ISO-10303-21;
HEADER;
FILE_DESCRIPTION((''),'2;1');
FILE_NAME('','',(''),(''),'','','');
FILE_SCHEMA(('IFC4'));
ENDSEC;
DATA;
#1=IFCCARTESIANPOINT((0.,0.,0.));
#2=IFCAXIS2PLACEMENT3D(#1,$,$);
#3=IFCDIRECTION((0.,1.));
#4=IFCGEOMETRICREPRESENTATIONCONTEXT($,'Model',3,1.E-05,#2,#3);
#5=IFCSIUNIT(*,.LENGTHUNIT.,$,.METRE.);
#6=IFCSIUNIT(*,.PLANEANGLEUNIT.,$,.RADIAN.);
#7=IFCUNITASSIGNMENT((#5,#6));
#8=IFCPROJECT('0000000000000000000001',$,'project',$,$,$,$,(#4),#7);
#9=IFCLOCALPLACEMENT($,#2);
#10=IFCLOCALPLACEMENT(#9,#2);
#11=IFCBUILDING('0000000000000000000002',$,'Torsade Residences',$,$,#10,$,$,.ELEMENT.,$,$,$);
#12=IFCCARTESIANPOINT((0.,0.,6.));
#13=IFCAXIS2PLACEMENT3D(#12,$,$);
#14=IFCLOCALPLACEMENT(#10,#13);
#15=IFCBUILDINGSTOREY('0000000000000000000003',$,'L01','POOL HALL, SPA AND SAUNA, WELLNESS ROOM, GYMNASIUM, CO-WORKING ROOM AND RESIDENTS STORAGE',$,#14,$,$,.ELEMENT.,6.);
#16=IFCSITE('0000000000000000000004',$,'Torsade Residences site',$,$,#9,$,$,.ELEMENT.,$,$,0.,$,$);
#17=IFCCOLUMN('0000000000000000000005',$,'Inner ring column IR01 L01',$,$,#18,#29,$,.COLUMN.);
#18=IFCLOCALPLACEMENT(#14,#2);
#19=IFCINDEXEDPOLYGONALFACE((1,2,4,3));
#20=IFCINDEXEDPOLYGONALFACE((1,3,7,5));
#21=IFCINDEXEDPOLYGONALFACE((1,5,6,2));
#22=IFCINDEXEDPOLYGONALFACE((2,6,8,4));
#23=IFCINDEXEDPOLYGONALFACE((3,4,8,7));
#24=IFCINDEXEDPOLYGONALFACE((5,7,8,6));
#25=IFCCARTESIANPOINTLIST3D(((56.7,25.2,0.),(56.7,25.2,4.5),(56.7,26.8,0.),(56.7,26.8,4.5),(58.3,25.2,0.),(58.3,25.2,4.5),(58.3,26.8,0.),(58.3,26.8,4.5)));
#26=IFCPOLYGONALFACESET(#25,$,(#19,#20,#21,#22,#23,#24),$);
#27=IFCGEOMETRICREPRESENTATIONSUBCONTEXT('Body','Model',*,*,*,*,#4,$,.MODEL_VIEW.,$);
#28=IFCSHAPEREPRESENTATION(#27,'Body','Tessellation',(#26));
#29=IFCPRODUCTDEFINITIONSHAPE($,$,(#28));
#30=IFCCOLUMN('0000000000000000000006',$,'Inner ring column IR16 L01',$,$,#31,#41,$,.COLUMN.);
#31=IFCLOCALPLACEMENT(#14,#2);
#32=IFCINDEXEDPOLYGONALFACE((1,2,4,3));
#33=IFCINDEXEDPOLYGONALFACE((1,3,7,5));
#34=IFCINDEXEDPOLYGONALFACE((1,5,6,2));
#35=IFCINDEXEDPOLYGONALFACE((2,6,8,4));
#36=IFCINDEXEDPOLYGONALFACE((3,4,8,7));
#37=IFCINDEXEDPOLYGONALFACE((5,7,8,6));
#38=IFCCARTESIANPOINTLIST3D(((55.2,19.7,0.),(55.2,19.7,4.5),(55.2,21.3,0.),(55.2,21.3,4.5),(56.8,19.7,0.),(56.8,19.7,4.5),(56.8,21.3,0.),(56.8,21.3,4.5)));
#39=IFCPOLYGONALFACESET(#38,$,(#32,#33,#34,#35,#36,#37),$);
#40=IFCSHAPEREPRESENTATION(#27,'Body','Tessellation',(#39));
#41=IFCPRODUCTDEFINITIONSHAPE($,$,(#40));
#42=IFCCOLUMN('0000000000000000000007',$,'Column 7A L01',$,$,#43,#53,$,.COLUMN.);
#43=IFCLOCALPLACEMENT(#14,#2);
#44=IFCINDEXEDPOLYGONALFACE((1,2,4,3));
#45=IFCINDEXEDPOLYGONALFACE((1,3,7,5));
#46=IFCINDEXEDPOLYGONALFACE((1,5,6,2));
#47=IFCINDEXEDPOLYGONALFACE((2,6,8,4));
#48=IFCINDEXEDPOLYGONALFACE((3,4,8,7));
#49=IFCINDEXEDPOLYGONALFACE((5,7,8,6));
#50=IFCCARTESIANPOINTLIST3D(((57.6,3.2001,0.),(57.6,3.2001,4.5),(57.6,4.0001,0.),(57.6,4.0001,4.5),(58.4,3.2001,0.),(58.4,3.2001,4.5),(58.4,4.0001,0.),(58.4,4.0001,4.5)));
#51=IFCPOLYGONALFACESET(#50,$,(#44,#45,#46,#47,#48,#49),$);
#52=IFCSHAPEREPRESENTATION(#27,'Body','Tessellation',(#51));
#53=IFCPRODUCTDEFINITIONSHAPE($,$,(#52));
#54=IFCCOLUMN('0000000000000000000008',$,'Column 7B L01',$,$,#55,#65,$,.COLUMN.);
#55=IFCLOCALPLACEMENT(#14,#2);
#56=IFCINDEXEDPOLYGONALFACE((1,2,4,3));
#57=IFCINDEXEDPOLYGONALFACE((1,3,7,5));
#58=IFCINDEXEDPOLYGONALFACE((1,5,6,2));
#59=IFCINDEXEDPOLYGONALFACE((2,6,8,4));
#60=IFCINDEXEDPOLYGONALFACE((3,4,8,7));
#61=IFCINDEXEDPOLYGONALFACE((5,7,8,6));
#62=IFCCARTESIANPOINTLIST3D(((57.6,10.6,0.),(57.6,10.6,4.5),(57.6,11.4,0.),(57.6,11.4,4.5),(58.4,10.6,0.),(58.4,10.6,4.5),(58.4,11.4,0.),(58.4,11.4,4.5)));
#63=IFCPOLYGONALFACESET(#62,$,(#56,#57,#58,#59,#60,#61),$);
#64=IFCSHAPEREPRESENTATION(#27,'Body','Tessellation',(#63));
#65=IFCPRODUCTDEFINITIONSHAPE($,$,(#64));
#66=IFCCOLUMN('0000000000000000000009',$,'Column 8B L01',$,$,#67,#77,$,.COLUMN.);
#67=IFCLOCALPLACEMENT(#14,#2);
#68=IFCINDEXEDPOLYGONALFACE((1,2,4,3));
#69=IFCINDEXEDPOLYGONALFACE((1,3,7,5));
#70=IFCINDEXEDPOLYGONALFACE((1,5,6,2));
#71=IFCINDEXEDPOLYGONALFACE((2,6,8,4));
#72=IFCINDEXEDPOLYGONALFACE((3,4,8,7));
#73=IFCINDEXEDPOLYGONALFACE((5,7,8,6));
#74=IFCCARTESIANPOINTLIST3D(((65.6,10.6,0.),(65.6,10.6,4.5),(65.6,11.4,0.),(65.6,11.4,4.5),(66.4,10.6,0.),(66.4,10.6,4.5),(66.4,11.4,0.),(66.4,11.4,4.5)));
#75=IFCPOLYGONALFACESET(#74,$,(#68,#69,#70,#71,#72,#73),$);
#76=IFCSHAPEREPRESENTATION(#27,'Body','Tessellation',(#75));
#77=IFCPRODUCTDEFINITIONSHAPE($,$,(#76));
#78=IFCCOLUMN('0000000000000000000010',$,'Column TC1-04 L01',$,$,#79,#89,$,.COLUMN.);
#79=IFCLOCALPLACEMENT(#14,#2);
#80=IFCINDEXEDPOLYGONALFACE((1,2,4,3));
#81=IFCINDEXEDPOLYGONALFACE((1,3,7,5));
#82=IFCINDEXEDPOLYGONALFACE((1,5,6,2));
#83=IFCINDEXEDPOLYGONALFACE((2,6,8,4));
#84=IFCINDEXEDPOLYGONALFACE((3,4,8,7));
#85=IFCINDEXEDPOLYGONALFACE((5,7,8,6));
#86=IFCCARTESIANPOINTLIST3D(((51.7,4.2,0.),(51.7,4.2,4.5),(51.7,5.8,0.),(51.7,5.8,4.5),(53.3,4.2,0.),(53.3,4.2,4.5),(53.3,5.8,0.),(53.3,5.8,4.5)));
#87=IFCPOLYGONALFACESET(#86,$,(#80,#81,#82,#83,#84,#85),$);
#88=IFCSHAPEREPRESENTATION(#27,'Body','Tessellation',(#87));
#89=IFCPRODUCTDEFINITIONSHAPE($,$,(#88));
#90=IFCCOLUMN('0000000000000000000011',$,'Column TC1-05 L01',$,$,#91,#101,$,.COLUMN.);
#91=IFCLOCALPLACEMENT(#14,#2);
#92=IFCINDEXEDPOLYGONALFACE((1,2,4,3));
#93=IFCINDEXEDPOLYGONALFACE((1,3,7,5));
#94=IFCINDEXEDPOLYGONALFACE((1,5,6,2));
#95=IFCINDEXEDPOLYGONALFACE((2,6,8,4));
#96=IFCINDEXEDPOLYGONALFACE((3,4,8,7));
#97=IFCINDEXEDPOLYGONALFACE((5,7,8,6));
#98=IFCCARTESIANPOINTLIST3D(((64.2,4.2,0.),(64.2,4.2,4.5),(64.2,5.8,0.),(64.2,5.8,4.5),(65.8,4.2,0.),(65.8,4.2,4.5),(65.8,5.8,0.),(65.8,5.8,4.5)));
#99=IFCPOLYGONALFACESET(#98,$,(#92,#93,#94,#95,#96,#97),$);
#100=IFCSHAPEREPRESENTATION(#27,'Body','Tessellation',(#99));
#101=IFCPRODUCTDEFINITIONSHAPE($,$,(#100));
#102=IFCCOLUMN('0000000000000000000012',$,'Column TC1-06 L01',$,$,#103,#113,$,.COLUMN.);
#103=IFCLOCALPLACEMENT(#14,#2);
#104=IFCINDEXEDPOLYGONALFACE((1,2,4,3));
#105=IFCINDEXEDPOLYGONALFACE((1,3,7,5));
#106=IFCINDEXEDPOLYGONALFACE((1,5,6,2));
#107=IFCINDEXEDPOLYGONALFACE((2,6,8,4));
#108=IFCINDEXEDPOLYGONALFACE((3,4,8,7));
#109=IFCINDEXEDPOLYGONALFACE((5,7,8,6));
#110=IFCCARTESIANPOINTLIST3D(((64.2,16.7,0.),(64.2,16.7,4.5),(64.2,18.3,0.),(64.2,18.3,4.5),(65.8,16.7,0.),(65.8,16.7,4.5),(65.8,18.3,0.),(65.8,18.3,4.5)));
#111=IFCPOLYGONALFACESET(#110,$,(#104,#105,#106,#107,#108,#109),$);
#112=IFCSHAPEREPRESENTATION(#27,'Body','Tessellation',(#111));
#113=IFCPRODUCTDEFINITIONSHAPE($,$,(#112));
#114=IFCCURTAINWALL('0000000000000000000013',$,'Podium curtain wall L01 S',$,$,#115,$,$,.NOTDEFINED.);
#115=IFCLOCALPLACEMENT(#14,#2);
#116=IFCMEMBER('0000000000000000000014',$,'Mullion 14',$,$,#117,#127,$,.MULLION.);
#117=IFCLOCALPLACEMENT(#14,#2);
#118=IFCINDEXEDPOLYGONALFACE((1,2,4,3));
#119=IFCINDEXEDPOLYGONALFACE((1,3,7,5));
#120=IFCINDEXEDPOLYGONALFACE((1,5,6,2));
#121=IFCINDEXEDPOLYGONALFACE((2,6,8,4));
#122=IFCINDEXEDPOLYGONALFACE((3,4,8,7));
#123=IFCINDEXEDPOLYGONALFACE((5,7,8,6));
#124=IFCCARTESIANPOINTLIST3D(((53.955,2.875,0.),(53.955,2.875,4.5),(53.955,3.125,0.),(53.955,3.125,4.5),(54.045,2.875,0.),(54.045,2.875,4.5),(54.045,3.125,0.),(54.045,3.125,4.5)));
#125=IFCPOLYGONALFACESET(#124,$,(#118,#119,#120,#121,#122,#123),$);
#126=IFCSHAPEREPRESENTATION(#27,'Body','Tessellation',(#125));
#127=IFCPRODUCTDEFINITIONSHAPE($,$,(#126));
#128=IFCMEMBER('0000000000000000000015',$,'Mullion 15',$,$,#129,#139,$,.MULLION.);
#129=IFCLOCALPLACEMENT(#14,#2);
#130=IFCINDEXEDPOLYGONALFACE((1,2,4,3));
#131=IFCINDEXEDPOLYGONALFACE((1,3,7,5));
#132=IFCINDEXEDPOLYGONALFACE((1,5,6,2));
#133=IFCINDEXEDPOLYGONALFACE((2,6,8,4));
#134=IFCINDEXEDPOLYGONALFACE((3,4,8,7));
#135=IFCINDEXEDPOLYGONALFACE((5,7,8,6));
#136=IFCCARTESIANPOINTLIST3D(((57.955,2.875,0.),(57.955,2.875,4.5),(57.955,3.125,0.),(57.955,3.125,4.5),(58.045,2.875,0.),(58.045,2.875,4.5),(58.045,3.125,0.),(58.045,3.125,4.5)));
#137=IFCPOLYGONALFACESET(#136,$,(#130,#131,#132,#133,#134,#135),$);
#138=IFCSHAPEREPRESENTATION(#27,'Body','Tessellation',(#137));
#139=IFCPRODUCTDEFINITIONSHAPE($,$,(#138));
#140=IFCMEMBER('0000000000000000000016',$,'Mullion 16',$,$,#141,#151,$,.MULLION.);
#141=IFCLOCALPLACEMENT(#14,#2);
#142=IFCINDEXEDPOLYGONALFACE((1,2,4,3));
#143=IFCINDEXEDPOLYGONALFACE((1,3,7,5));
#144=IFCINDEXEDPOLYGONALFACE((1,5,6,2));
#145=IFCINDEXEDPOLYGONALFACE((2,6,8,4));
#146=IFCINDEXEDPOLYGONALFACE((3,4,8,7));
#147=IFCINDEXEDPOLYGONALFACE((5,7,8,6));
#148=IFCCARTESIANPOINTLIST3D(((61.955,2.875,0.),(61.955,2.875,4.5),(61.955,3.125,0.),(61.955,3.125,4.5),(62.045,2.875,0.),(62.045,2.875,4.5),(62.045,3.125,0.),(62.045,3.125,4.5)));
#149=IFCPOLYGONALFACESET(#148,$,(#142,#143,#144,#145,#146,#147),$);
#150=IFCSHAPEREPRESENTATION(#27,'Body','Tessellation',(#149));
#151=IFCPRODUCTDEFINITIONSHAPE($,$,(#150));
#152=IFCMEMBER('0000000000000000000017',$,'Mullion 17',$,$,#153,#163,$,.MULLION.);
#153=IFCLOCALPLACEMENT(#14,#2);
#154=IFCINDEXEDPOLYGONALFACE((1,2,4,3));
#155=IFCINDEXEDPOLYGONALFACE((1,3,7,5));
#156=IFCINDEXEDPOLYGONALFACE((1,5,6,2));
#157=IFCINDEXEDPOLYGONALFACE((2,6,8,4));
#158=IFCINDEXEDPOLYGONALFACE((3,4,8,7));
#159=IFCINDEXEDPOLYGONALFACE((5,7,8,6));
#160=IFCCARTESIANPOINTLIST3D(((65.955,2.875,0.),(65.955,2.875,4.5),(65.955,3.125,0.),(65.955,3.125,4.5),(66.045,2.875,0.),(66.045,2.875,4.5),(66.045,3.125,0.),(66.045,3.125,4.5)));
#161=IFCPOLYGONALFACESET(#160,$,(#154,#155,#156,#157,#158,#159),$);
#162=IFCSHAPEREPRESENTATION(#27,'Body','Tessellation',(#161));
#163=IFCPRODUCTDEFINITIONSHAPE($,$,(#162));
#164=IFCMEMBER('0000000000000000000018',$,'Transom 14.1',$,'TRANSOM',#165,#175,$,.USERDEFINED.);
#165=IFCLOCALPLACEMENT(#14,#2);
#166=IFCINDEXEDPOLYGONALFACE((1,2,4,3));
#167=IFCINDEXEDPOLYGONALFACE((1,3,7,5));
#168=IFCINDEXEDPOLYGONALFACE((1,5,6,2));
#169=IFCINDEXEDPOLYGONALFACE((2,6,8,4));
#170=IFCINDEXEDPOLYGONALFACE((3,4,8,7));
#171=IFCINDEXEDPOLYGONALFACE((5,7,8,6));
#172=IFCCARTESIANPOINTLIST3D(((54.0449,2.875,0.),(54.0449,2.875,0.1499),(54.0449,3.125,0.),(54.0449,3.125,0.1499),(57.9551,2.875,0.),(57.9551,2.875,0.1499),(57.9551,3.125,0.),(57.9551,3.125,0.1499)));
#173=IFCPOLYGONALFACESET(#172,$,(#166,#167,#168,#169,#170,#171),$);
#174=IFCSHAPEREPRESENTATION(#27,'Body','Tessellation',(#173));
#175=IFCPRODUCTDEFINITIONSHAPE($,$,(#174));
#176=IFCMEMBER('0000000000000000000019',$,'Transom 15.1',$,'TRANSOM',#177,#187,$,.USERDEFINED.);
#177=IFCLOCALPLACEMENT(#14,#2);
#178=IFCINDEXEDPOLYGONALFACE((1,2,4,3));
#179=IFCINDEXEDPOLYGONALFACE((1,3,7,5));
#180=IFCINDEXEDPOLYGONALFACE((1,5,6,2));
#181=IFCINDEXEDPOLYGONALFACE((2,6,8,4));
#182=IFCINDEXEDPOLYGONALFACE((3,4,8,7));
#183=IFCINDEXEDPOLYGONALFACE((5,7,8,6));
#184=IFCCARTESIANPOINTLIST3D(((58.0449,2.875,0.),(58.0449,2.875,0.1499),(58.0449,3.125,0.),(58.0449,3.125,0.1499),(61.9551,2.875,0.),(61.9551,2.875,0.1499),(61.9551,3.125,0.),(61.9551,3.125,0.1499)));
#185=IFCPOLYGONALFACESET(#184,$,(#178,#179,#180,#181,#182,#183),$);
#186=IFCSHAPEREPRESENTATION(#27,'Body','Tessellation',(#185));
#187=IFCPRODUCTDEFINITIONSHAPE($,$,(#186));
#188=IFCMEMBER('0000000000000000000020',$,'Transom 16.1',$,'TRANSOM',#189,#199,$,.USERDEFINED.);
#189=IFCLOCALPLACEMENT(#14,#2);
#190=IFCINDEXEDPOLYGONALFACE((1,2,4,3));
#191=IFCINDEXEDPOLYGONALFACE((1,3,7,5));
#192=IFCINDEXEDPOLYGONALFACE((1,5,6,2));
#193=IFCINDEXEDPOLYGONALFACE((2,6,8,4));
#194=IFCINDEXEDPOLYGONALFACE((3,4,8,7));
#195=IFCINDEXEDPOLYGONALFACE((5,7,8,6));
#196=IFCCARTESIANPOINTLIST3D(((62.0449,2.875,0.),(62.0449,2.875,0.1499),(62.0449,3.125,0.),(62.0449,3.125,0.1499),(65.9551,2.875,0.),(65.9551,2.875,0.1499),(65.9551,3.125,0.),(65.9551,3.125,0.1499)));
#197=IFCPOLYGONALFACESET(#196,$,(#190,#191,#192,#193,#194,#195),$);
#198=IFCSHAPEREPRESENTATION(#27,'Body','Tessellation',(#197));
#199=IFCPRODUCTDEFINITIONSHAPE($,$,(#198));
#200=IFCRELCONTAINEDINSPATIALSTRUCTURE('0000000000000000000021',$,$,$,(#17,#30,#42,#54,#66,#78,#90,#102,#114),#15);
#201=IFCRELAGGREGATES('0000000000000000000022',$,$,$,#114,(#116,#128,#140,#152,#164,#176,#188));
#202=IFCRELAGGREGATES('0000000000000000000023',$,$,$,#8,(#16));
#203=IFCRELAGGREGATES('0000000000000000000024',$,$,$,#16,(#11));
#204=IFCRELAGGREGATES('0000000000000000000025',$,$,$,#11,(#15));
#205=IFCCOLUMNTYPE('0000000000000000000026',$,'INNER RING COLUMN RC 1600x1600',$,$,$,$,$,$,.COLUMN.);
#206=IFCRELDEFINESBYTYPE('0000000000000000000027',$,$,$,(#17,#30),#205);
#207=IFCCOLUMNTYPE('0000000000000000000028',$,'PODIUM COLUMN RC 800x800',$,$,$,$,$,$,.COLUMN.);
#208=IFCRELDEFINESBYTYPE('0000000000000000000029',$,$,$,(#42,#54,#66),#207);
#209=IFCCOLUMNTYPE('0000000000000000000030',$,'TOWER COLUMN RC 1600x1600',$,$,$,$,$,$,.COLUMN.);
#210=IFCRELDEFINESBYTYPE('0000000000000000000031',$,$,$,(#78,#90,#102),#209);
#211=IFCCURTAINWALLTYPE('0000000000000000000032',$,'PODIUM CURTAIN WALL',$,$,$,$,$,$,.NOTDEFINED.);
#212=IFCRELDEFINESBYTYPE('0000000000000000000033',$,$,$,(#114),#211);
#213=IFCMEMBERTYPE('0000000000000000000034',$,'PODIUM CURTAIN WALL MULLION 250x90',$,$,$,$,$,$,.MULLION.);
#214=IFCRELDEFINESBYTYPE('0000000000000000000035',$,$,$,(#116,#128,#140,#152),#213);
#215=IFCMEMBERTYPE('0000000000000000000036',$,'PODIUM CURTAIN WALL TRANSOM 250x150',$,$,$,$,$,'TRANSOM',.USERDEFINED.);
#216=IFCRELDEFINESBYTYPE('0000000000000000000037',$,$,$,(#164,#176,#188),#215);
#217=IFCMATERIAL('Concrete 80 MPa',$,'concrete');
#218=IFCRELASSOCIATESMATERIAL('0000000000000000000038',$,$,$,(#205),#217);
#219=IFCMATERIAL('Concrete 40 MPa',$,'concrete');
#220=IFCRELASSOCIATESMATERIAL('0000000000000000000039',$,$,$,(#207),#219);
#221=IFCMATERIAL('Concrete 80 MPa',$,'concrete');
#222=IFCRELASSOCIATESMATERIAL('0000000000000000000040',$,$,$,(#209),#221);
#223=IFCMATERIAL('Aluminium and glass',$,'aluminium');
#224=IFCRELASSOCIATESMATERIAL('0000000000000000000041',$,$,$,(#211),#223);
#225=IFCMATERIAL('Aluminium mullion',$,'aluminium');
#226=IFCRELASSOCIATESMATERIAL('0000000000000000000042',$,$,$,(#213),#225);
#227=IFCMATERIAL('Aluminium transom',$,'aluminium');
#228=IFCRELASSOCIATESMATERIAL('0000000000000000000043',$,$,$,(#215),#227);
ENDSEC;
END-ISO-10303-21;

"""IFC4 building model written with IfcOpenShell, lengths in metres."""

from ifc_helpers import new_model, si_unit, direction, frame, origin, origin_2d, place, context, subcontext, project, spatial, rectangle, extrude, material, material_profile, profile_set, type_object, element, aggregate, save


model = new_model("IFC4")

# Units and contexts
model_context = context("Model", 3, precision=1e-05, world=origin(), true_north=direction((0.0, 1.0)))
body_context = subcontext(model_context, "Body", "Model", "MODEL_VIEW")
ifc_project = project(units=[si_unit("LENGTHUNIT", "METRE"), si_unit("PLANEANGLEUNIT", "RADIAN")], contexts=[model_context])

# Site, building, storey
site_placement = place(None, origin())
site = spatial("IfcSite", under=ifc_project, at=site_placement, Name="Torsade Residences site", CompositionType="ELEMENT", RefElevation=0.0)
building_placement = place(site_placement, origin())
building = spatial("IfcBuilding", under=site, at=building_placement, Name="Torsade Residences", CompositionType="ELEMENT")
storey_placement = place(building_placement, frame((0.0, 0.0, 6.0)))
storey = spatial("IfcBuildingStorey", under=building, at=storey_placement, Name="L01", Description="POOL HALL, SPA AND SAUNA, WELLNESS ROOM, GYMNASIUM, CO-WORKING ROOM AND RESIDENTS STORAGE", CompositionType="ELEMENT", Elevation=6.0)

# Columns
ifc_material_1 = material(Name="Concrete 80 MPa", Category="concrete")
ifc_material_profile_1 = material_profile(ifc_material_1, rectangle(XDim=1.6001, YDim=1.6001, at=origin_2d()), Name="RC 1600x1600")
ifc_profile_set_1 = profile_set([ifc_material_profile_1], Name="Concrete 80 MPa")
column_type_1 = type_object("IfcColumnType", Name="INNER RING COLUMN RC 1600x1600", PredefinedType="COLUMN", material=ifc_profile_set_1)
for number, where, z_axis, x_axis, name in (
    (1, (57.5, 26.0, 0.0), (0.0, 0.0, 1.0), (1.0, 0.0, 0.0), "Inner ring column IR01 L01"),
    (2, (56.0, 20.5, 0.0), (0.0, 0.0, 1.0), (1.0, 0.0, 0.0), "Inner ring column IR16 L01"),
):
    element("IfcColumn", number, at=place(storey_placement, frame(where, z_axis=z_axis, x_axis=x_axis)), inside=storey, type_object=column_type_1, Name=name, PredefinedType="COLUMN", context=body_context, shape_type="SweptSolid", body=[
        extrude(rectangle(XDim=1.6001, YDim=1.6001, at=origin_2d()), origin(), (0.0, 0.0, 1.0), 4.5),
    ])
ifc_material_2 = material(Name="Concrete 40 MPa", Category="concrete")
ifc_material_profile_2 = material_profile(ifc_material_2, rectangle(XDim=0.8, YDim=0.8, at=origin_2d()), Name="RC 800x800")
ifc_profile_set_2 = profile_set([ifc_material_profile_2], Name="Concrete 40 MPa")
column_type_2 = type_object("IfcColumnType", Name="PODIUM COLUMN RC 800x800", PredefinedType="COLUMN", material=ifc_profile_set_2)
for number, where, z_axis, x_axis, name in (
    (3, (58.0, 3.6001, 0.0), (0.0, 0.0, 1.0), (1.0, 0.0, 0.0), "Column 7A L01"),
    (4, (58.0, 11.0, 0.0), (0.0, 0.0, 1.0), (1.0, 0.0, 0.0), "Column 7B L01"),
    (5, (66.0, 11.0, 0.0), (0.0, 0.0, 1.0), (1.0, 0.0, 0.0), "Column 8B L01"),
):
    element("IfcColumn", number, at=place(storey_placement, frame(where, z_axis=z_axis, x_axis=x_axis)), inside=storey, type_object=column_type_2, Name=name, PredefinedType="COLUMN", context=body_context, shape_type="SweptSolid", body=[
        extrude(rectangle(XDim=0.8, YDim=0.8, at=origin_2d()), origin(), (0.0, 0.0, 1.0), 4.5),
    ])
ifc_material_3 = material(Name="Concrete 80 MPa", Category="concrete")
ifc_material_profile_3 = material_profile(ifc_material_3, rectangle(XDim=1.6001, YDim=1.6001, at=origin_2d()), Name="RC 1600x1600")
ifc_profile_set_3 = profile_set([ifc_material_profile_3], Name="Concrete 80 MPa")
column_type_3 = type_object("IfcColumnType", Name="TOWER COLUMN RC 1600x1600", PredefinedType="COLUMN", material=ifc_profile_set_3)
for number, where, z_axis, x_axis, name in (
    (6, (52.5, 5.0, 0.0), (0.0, 0.0, 1.0), (1.0, 0.0, 0.0), "Column TC1-04 L01"),
    (7, (65.0, 5.0, 0.0), (0.0, 0.0, 1.0), (1.0, 0.0, 0.0), "Column TC1-05 L01"),
    (8, (65.0, 17.5, 0.0), (0.0, 0.0, 1.0), (1.0, 0.0, 0.0), "Column TC1-06 L01"),
):
    element("IfcColumn", number, at=place(storey_placement, frame(where, z_axis=z_axis, x_axis=x_axis)), inside=storey, type_object=column_type_3, Name=name, PredefinedType="COLUMN", context=body_context, shape_type="SweptSolid", body=[
        extrude(rectangle(XDim=1.6001, YDim=1.6001, at=origin_2d()), origin(), (0.0, 0.0, 1.0), 4.5),
    ])

# Curtain wall, members
ifc_material_4 = material(Name="Aluminium and glass", Category="aluminium")
curtain_wall_type = type_object("IfcCurtainWallType", Name="PODIUM CURTAIN WALL", PredefinedType="NOTDEFINED", material=ifc_material_4)
curtain_wall_placement = place(storey_placement, origin())
curtain_wall = element("IfcCurtainWall", 9, at=curtain_wall_placement, inside=storey, type_object=curtain_wall_type, Name="Podium curtain wall L01 S", PredefinedType="NOTDEFINED")
ifc_material_5 = material(Name="Aluminium mullion", Category="aluminium")
ifc_material_profile_4 = material_profile(ifc_material_5, rectangle(XDim=0.25, YDim=0.0901, at=origin_2d()), Name="PODIUM CURTAIN WALL MULLION 250x90")
ifc_profile_set_4 = profile_set([ifc_material_profile_4], Name="Aluminium mullion")
member_type_1 = type_object("IfcMemberType", Name="PODIUM CURTAIN WALL MULLION 250x90", PredefinedType="MULLION", material=ifc_profile_set_4)
member_1_placement = place(storey_placement, frame((54.0, 3.0, 0.0), z_axis=(0.0, 0.0, 1.0), x_axis=(0.0, 1.0, 0.0)))
member_1 = element("IfcMember", 10, at=member_1_placement, type_object=member_type_1, Name="Mullion 14", PredefinedType="MULLION", context=body_context, shape_type="SweptSolid", body=[
    extrude(rectangle(XDim=0.25, YDim=0.0901, at=origin_2d()), origin(), (0.0, 0.0, 1.0), 4.5),
])
member_2_placement = place(storey_placement, frame((58.0, 3.0, 0.0), z_axis=(0.0, 0.0, 1.0), x_axis=(0.0, 1.0, 0.0)))
member_2 = element("IfcMember", 11, at=member_2_placement, type_object=member_type_1, Name="Mullion 15", PredefinedType="MULLION", context=body_context, shape_type="SweptSolid", body=[
    extrude(rectangle(XDim=0.25, YDim=0.0901, at=origin_2d()), origin(), (0.0, 0.0, 1.0), 4.5),
])
member_3_placement = place(storey_placement, frame((62.0, 3.0, 0.0), z_axis=(0.0, 0.0, 1.0), x_axis=(0.0, 1.0, 0.0)))
member_3 = element("IfcMember", 12, at=member_3_placement, type_object=member_type_1, Name="Mullion 16", PredefinedType="MULLION", context=body_context, shape_type="SweptSolid", body=[
    extrude(rectangle(XDim=0.25, YDim=0.0901, at=origin_2d()), origin(), (0.0, 0.0, 1.0), 4.5),
])
member_4_placement = place(storey_placement, frame((66.0, 3.0, 0.0), z_axis=(0.0, 0.0, 1.0), x_axis=(0.0, 1.0, 0.0)))
member_4 = element("IfcMember", 13, at=member_4_placement, type_object=member_type_1, Name="Mullion 17", PredefinedType="MULLION", context=body_context, shape_type="SweptSolid", body=[
    extrude(rectangle(XDim=0.25, YDim=0.0901, at=origin_2d()), origin(), (0.0, 0.0, 1.0), 4.5),
])
ifc_material_6 = material(Name="Aluminium transom", Category="aluminium")
ifc_material_profile_5 = material_profile(ifc_material_6, rectangle(XDim=0.25, YDim=0.1499, at=origin_2d()), Name="PODIUM CURTAIN WALL TRANSOM 250x150")
ifc_profile_set_5 = profile_set([ifc_material_profile_5], Name="Aluminium transom")
member_type_2 = type_object("IfcMemberType", Name="PODIUM CURTAIN WALL TRANSOM 250x150", ElementType="TRANSOM", PredefinedType="USERDEFINED", material=ifc_profile_set_5)
member_5_placement = place(storey_placement, frame((54.0449, 3.0, 0.075), z_axis=(1.0, 0.0, 0.0), x_axis=(0.0, 1.0, 0.0)))
member_5 = element("IfcMember", 14, at=member_5_placement, type_object=member_type_2, Name="Transom 14.1", ObjectType="TRANSOM", PredefinedType="USERDEFINED", context=body_context, shape_type="SweptSolid", body=[
    extrude(rectangle(XDim=0.25, YDim=0.1499, at=origin_2d()), origin(), (0.0, 0.0, 1.0), 3.9102),
])
member_6_placement = place(storey_placement, frame((58.0449, 3.0, 0.075), z_axis=(1.0, 0.0, 0.0), x_axis=(0.0, 1.0, 0.0)))
member_6 = element("IfcMember", 15, at=member_6_placement, type_object=member_type_2, Name="Transom 15.1", ObjectType="TRANSOM", PredefinedType="USERDEFINED", context=body_context, shape_type="SweptSolid", body=[
    extrude(rectangle(XDim=0.25, YDim=0.1499, at=origin_2d()), origin(), (0.0, 0.0, 1.0), 3.9102),
])
member_7_placement = place(storey_placement, frame((62.0449, 3.0, 0.075), z_axis=(1.0, 0.0, 0.0), x_axis=(0.0, 1.0, 0.0)))
member_7 = element("IfcMember", 16, at=member_7_placement, type_object=member_type_2, Name="Transom 16.1", ObjectType="TRANSOM", PredefinedType="USERDEFINED", context=body_context, shape_type="SweptSolid", body=[
    extrude(rectangle(XDim=0.25, YDim=0.1499, at=origin_2d()), origin(), (0.0, 0.0, 1.0), 3.9102),
])
aggregate(curtain_wall, [member_1, member_2, member_3, member_4, member_5, member_6, member_7])

save(model, "model.ifc")
